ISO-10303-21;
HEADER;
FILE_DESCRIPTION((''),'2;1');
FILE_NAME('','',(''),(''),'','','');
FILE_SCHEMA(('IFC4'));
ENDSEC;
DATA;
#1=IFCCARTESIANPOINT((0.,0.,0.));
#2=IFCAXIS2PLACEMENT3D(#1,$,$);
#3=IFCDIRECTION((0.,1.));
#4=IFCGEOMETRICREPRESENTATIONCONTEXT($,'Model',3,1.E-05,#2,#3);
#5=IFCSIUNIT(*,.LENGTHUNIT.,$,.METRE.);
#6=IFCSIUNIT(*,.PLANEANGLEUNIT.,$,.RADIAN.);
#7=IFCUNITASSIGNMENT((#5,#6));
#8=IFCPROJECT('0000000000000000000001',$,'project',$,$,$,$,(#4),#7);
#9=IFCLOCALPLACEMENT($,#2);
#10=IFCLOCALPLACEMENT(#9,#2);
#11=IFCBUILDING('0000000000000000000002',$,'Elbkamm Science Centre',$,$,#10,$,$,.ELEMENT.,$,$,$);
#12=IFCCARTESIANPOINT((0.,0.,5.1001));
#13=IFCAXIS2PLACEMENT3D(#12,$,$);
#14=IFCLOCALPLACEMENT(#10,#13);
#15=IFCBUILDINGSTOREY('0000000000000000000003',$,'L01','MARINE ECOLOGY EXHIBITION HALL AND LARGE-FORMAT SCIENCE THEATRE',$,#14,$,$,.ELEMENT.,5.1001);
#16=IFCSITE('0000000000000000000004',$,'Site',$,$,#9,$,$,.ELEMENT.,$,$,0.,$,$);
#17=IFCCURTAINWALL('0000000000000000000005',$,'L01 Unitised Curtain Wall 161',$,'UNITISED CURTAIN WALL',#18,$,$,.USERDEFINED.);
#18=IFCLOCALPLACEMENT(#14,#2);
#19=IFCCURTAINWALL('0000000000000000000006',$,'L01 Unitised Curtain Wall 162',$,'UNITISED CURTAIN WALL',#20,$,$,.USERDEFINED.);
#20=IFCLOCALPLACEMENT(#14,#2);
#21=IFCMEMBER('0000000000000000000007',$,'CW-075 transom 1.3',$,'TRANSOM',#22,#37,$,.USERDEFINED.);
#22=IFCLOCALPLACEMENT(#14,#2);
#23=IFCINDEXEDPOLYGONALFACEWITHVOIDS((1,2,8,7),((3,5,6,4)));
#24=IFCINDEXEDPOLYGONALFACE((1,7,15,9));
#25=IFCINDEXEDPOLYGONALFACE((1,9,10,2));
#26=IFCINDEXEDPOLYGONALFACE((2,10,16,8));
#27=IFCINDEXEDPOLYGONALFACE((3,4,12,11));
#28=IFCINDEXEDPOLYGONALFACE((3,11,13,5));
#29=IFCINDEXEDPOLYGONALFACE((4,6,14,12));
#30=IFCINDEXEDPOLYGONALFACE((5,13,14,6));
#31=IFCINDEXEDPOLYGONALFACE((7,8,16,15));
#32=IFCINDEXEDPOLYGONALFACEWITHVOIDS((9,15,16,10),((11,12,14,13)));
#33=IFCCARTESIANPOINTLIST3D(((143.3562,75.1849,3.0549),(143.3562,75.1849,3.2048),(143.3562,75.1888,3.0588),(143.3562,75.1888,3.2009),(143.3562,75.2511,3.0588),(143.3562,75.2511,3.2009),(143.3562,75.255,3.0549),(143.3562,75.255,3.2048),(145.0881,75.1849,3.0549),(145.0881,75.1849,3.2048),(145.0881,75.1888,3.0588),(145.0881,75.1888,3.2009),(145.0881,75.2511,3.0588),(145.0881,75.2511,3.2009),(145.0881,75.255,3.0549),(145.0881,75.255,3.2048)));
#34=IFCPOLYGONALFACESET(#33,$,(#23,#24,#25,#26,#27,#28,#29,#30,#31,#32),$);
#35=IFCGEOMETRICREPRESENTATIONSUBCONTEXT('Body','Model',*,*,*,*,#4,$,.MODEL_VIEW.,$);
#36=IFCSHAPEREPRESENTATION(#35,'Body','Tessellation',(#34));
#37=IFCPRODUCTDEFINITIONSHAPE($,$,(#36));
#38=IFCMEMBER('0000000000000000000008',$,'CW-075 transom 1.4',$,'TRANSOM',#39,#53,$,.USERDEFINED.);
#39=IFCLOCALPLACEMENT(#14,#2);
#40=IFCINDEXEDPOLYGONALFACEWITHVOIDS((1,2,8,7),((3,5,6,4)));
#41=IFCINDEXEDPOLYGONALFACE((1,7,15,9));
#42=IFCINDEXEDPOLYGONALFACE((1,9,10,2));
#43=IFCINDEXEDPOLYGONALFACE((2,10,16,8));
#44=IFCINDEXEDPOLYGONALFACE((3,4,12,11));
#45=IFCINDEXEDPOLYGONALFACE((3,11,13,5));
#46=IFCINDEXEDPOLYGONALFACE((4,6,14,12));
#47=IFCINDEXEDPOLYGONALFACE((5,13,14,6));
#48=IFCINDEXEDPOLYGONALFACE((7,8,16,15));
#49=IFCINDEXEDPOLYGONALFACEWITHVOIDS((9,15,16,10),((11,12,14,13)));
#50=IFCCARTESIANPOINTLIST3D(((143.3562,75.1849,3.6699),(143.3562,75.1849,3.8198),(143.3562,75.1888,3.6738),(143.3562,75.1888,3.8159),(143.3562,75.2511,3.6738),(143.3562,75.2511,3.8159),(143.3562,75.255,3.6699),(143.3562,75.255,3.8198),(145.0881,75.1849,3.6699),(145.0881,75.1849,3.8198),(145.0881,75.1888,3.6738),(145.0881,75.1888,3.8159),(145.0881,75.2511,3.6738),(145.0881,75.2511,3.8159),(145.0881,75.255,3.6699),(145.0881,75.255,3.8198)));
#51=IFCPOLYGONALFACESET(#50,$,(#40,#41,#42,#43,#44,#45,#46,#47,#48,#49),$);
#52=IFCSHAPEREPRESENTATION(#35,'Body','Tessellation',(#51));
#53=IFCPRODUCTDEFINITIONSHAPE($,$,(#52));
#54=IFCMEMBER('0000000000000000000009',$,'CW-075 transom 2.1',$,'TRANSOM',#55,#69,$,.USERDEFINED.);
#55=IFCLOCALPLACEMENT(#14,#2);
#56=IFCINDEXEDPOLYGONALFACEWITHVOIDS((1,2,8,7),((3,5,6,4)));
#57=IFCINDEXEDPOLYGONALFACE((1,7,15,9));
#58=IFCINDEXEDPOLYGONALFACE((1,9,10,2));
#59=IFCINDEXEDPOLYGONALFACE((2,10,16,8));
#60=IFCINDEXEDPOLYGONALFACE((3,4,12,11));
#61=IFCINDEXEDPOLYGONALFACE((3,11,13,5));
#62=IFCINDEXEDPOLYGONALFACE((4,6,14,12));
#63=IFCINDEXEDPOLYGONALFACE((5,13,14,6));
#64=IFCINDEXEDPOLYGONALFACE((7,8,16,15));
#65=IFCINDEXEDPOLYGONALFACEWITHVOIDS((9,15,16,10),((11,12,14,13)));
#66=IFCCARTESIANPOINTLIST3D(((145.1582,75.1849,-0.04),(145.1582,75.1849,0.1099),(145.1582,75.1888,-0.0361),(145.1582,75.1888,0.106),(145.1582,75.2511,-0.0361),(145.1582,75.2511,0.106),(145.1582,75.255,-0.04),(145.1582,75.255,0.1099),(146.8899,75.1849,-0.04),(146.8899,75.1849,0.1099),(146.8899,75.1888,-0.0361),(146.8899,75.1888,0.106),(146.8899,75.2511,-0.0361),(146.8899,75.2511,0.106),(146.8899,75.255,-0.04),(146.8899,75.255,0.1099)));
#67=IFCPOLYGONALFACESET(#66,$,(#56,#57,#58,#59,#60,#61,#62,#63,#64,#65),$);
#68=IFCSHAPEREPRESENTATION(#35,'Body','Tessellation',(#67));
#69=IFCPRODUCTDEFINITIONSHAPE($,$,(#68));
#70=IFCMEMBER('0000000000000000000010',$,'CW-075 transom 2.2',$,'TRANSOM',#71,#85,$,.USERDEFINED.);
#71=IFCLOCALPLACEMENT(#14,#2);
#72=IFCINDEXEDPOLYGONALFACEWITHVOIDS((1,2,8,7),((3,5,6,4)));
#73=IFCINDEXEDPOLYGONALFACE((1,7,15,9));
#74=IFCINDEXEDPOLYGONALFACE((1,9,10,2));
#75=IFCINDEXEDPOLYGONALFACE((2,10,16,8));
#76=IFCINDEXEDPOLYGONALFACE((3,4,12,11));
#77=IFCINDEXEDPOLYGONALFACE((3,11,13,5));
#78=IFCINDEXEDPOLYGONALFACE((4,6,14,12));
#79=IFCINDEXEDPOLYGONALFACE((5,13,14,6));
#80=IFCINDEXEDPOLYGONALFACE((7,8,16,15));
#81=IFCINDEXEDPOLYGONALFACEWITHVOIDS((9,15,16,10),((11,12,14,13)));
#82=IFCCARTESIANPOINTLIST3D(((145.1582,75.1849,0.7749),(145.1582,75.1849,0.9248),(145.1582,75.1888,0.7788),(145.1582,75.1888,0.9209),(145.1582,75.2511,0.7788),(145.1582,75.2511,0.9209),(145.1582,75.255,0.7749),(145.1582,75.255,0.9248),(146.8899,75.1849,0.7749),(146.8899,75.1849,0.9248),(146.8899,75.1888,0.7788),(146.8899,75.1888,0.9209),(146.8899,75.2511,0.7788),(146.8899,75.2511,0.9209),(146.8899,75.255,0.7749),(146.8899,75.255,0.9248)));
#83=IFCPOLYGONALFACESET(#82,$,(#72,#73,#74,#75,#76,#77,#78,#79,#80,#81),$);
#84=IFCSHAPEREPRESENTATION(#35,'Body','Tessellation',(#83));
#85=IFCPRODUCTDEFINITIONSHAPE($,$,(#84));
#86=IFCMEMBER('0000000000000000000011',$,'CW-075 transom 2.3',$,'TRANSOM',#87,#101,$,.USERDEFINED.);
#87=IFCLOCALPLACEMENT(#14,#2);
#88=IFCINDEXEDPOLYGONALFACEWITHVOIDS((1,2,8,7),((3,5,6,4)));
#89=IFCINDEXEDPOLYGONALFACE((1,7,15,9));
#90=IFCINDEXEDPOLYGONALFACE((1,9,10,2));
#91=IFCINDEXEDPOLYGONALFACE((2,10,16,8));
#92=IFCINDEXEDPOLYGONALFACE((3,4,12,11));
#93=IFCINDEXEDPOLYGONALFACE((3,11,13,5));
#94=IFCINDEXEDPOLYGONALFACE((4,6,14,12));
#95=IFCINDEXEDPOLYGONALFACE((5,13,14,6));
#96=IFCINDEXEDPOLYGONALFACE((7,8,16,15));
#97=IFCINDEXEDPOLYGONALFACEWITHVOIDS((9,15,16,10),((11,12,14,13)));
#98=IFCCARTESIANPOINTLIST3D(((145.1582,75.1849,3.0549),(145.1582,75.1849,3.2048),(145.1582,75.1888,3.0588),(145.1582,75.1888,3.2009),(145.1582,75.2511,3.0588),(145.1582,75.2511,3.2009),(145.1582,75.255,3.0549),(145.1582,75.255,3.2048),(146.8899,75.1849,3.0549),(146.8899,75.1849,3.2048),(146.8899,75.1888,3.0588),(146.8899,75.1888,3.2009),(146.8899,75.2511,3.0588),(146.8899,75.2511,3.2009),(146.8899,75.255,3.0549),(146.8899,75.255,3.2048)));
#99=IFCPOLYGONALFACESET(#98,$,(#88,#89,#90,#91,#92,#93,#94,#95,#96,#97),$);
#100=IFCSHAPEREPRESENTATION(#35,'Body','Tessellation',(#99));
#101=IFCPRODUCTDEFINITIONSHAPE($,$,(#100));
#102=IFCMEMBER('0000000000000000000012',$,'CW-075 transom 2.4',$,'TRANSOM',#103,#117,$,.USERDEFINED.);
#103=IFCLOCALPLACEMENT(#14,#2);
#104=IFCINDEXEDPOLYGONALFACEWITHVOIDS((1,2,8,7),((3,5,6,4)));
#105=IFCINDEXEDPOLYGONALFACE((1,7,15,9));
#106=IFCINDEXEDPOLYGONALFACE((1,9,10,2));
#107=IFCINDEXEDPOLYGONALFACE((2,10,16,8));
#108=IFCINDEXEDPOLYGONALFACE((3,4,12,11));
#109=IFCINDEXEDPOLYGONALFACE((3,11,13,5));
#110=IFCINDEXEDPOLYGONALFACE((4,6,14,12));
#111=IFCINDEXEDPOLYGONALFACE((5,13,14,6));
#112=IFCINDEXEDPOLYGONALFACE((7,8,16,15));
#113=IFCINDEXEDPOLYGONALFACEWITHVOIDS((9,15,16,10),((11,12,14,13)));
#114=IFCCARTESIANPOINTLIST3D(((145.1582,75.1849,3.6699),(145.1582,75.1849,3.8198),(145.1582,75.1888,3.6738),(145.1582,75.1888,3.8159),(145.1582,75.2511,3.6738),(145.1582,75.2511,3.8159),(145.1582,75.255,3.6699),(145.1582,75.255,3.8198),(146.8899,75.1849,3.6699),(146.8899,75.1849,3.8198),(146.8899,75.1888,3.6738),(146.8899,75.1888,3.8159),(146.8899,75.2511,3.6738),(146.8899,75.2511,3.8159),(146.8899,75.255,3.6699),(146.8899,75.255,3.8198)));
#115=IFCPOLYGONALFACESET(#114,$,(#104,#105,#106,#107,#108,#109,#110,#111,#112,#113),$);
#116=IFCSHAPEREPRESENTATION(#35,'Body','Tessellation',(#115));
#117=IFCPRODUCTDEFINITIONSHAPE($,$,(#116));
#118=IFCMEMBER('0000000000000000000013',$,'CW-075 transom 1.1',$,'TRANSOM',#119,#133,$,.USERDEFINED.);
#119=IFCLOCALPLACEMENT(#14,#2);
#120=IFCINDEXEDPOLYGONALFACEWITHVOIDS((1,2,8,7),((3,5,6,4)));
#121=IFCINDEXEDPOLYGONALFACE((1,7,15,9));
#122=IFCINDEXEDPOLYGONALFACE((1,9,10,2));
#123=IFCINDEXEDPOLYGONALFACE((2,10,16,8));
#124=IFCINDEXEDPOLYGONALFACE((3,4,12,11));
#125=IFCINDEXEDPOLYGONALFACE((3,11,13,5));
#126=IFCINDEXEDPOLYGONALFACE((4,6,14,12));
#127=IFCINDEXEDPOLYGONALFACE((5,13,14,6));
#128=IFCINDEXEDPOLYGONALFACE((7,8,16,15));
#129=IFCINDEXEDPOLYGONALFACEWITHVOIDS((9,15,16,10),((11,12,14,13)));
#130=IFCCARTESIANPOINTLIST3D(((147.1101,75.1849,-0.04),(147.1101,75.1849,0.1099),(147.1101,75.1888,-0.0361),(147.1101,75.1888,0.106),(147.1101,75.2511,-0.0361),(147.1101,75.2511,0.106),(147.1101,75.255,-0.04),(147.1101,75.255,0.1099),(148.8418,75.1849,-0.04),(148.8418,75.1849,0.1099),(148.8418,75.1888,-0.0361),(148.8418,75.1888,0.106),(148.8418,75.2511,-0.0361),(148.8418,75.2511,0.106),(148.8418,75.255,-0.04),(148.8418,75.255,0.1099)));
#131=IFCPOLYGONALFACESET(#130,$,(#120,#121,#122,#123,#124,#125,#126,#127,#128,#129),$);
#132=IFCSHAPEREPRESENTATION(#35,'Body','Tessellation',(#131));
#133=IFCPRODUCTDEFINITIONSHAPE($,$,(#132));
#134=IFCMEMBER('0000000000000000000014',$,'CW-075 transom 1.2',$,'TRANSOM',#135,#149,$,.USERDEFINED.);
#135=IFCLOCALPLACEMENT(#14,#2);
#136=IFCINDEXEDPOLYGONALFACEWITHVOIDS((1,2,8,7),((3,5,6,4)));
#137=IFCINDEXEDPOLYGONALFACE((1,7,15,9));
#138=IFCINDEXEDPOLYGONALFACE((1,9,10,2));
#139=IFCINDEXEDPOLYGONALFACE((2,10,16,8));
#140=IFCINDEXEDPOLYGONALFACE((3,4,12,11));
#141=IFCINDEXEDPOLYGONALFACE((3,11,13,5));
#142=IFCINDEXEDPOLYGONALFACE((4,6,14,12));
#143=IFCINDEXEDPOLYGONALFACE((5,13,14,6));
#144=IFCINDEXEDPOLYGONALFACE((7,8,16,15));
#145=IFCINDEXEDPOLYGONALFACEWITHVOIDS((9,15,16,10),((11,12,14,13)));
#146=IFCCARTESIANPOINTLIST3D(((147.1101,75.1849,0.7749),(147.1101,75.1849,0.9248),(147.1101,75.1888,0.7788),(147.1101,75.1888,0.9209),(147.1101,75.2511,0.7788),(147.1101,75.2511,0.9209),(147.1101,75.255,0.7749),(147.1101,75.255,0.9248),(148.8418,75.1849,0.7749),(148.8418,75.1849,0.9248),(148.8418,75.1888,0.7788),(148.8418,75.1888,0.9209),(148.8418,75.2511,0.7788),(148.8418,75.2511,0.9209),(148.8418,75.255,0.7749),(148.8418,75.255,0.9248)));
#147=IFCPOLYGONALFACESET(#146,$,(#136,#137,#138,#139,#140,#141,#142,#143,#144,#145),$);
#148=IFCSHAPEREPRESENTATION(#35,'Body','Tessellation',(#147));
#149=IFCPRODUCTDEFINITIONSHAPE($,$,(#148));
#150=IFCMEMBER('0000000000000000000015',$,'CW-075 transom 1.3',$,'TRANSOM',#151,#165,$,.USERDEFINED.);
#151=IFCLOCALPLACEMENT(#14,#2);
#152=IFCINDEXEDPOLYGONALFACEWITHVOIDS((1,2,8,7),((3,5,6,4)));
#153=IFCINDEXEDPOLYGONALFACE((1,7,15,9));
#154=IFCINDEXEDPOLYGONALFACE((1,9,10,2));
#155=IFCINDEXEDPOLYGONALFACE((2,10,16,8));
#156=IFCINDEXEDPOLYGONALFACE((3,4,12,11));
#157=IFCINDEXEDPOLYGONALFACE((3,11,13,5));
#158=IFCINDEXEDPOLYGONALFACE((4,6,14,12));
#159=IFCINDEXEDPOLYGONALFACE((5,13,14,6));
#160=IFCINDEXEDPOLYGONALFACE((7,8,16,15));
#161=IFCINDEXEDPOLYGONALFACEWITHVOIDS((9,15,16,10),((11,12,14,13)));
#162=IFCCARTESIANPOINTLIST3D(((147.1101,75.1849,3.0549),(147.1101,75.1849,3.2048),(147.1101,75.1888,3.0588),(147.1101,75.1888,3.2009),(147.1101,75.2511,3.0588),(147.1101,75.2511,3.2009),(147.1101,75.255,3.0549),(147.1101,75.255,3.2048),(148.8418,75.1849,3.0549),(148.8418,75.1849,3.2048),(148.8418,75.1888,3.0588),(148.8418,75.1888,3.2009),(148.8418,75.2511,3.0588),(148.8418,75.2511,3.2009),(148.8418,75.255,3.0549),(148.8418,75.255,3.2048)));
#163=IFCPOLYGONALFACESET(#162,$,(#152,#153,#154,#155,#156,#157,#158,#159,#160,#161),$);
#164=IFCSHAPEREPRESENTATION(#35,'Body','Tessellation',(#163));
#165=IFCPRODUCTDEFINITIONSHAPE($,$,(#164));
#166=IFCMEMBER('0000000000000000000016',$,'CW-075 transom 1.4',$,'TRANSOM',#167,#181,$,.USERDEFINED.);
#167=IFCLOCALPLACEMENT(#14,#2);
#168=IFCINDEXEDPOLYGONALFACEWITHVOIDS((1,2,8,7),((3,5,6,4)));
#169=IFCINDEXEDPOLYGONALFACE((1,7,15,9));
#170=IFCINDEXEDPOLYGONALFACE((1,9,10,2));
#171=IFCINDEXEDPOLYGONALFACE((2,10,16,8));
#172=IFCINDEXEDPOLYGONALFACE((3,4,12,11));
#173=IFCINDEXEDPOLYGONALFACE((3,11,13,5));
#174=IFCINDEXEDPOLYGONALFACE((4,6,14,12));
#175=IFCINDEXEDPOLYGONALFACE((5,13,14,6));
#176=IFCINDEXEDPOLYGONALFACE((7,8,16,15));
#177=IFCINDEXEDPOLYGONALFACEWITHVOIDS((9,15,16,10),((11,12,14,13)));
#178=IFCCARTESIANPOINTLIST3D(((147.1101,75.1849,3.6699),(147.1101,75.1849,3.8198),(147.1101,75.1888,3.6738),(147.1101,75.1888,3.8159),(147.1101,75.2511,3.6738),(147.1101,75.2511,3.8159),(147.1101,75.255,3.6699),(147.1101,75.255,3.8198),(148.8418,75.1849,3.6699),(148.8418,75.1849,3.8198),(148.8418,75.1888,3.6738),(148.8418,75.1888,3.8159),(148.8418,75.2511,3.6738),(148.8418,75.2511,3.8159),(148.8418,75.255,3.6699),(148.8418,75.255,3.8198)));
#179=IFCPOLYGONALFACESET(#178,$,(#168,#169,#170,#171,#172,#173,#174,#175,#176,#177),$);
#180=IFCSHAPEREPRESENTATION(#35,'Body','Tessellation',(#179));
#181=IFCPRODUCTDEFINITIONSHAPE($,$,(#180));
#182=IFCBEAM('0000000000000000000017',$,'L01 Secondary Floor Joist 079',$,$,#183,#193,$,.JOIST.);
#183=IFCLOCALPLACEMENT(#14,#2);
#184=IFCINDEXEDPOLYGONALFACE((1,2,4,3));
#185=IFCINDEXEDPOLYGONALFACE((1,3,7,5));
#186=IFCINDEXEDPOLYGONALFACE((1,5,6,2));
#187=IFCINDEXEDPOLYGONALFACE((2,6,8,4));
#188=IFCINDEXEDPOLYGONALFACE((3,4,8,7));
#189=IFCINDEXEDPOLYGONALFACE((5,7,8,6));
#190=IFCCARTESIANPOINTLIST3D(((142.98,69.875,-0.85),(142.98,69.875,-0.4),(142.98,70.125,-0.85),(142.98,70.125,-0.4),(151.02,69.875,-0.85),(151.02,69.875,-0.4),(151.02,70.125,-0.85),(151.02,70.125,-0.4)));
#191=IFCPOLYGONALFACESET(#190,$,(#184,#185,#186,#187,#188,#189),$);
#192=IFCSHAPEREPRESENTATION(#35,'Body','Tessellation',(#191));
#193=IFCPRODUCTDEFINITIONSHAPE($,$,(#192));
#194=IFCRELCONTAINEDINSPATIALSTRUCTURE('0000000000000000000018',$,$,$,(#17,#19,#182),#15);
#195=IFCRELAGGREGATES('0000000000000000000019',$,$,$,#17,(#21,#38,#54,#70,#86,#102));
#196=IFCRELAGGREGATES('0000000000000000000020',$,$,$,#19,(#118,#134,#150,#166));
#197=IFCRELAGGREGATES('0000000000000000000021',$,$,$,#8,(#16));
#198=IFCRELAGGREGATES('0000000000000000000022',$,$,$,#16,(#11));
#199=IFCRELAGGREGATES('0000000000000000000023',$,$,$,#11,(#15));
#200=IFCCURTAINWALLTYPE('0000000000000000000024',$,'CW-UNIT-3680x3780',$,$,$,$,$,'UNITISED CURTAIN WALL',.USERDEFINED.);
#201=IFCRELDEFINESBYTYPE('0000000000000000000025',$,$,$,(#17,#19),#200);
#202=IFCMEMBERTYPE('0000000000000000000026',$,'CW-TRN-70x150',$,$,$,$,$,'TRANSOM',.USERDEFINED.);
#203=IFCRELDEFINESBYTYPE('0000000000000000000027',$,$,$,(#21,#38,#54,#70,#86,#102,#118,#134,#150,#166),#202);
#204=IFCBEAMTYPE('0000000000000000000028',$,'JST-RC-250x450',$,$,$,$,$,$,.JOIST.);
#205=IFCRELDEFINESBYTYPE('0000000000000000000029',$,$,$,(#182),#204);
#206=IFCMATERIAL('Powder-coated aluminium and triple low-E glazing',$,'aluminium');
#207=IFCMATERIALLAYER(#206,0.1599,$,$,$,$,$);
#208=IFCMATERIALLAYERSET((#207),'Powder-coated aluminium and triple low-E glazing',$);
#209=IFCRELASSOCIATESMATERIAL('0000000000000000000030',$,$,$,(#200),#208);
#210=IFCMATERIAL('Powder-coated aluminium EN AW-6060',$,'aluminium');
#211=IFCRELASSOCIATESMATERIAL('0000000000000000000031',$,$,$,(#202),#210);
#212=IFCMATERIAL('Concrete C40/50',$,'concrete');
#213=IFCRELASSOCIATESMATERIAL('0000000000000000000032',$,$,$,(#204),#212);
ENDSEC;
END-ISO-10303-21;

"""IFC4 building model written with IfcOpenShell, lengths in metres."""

from ifc_helpers import new_model, si_unit, direction, frame, origin, origin_2d, place, context, subcontext, project, spatial, rectangle, hollow_rectangle, extrude, material, layer, layer_set, material_profile, profile_set, type_object, element, aggregate, save


model = new_model("IFC4")

# Units and contexts
model_context = context("Model", 3, precision=1e-05, world=origin(), true_north=direction((0.0, 1.0)))
body_context = subcontext(model_context, "Body", "Model", "MODEL_VIEW")
ifc_project = project(units=[si_unit("LENGTHUNIT", "METRE"), si_unit("PLANEANGLEUNIT", "RADIAN")], contexts=[model_context])

# Site, building, storey
site_placement = place(None, origin())
site = spatial("IfcSite", under=ifc_project, at=site_placement, Name="Site", CompositionType="ELEMENT", RefElevation=0.0)
building_placement = place(site_placement, origin())
building = spatial("IfcBuilding", under=site, at=building_placement, Name="Elbkamm Science Centre", CompositionType="ELEMENT")
storey_placement = place(building_placement, frame((0.0, 0.0, 5.1001)))
storey = spatial("IfcBuildingStorey", under=building, at=storey_placement, Name="L01", Description="MARINE ECOLOGY EXHIBITION HALL AND LARGE-FORMAT SCIENCE THEATRE", CompositionType="ELEMENT", Elevation=5.1001)

# Shared definitions
ifc_material_1 = material(Name="Concrete C40/50", Category="concrete")

# Curtain wall
ifc_material_2 = material(Name="Powder-coated aluminium and triple low-E glazing", Category="aluminium")
ifc_layer_1 = layer(ifc_material_2, 0.1599)
ifc_layer_set_1 = layer_set([ifc_layer_1], Name="Powder-coated aluminium and triple low-E glazing")
curtain_wall_type = type_object("IfcCurtainWallType", Name="CW-UNIT-3680x3780", ElementType="UNITISED CURTAIN WALL", PredefinedType="USERDEFINED", material=ifc_layer_set_1)
curtain_wall_1_placement = place(storey_placement, origin())
curtain_wall_1 = element("IfcCurtainWall", 1, at=curtain_wall_1_placement, inside=storey, type_object=curtain_wall_type, Name="L01 Unitised Curtain Wall 161", ObjectType="UNITISED CURTAIN WALL", PredefinedType="USERDEFINED")
ifc_material_3 = material(Name="Powder-coated aluminium EN AW-6060", Category="aluminium")

# Curtain wall
curtain_wall_2_placement = place(storey_placement, origin())
curtain_wall_2 = element("IfcCurtainWall", 2, at=curtain_wall_2_placement, inside=storey, type_object=curtain_wall_type, Name="L01 Unitised Curtain Wall 162", ObjectType="UNITISED CURTAIN WALL", PredefinedType="USERDEFINED")

# Members
ifc_material_profile_1 = material_profile(ifc_material_3, hollow_rectangle(XDim=0.0701, YDim=0.1499, WallThickness=0.0039, at=origin_2d()), Name="ALU T70x150")
ifc_profile_set_1 = profile_set([ifc_material_profile_1], Name="Powder-coated aluminium EN AW-6060")
member_type_1 = type_object("IfcMemberType", Name="CW-TRN-70x150", ElementType="TRANSOM", PredefinedType="USERDEFINED", material=ifc_profile_set_1)
member_1_placement = place(storey_placement, frame((143.3562, 75.22, 3.1299), z_axis=(1.0, 0.0, 0.0), x_axis=(0.0, 1.0, 0.0)))
member_1 = element("IfcMember", 3, at=member_1_placement, type_object=member_type_1, Name="CW-075 transom 1.3", ObjectType="TRANSOM", PredefinedType="USERDEFINED", context=body_context, shape_type="SweptSolid", body=[
    extrude(hollow_rectangle(XDim=0.0701, YDim=0.1499, WallThickness=0.0039, at=origin_2d()), origin(), (0.0, 0.0, 1.0), 1.7319),
])
member_2_placement = place(storey_placement, frame((143.3562, 75.22, 3.7449), z_axis=(1.0, 0.0, 0.0), x_axis=(0.0, 1.0, 0.0)))
member_2 = element("IfcMember", 4, at=member_2_placement, type_object=member_type_1, Name="CW-075 transom 1.4", ObjectType="TRANSOM", PredefinedType="USERDEFINED", context=body_context, shape_type="SweptSolid", body=[
    extrude(hollow_rectangle(XDim=0.0701, YDim=0.1499, WallThickness=0.0039, at=origin_2d()), origin(), (0.0, 0.0, 1.0), 1.7319),
])
member_3_placement = place(storey_placement, frame((145.1582, 75.22, 0.0349), z_axis=(1.0, 0.0, 0.0), x_axis=(0.0, 1.0, 0.0)))
member_3 = element("IfcMember", 5, at=member_3_placement, type_object=member_type_1, Name="CW-075 transom 2.1", ObjectType="TRANSOM", PredefinedType="USERDEFINED", context=body_context, shape_type="SweptSolid", body=[
    extrude(hollow_rectangle(XDim=0.0701, YDim=0.1499, WallThickness=0.0039, at=origin_2d()), origin(), (0.0, 0.0, 1.0), 1.7317),
])
member_4_placement = place(storey_placement, frame((145.1582, 75.22, 0.8499), z_axis=(1.0, 0.0, 0.0), x_axis=(0.0, 1.0, 0.0)))
member_4 = element("IfcMember", 6, at=member_4_placement, type_object=member_type_1, Name="CW-075 transom 2.2", ObjectType="TRANSOM", PredefinedType="USERDEFINED", context=body_context, shape_type="SweptSolid", body=[
    extrude(hollow_rectangle(XDim=0.0701, YDim=0.1499, WallThickness=0.0039, at=origin_2d()), origin(), (0.0, 0.0, 1.0), 1.7317),
])
member_5_placement = place(storey_placement, frame((145.1582, 75.22, 3.1299), z_axis=(1.0, 0.0, 0.0), x_axis=(0.0, 1.0, 0.0)))
member_5 = element("IfcMember", 7, at=member_5_placement, type_object=member_type_1, Name="CW-075 transom 2.3", ObjectType="TRANSOM", PredefinedType="USERDEFINED", context=body_context, shape_type="SweptSolid", body=[
    extrude(hollow_rectangle(XDim=0.0701, YDim=0.1499, WallThickness=0.0039, at=origin_2d()), origin(), (0.0, 0.0, 1.0), 1.7317),
])
member_6_placement = place(storey_placement, frame((145.1582, 75.22, 3.7449), z_axis=(1.0, 0.0, 0.0), x_axis=(0.0, 1.0, 0.0)))
member_6 = element("IfcMember", 8, at=member_6_placement, type_object=member_type_1, Name="CW-075 transom 2.4", ObjectType="TRANSOM", PredefinedType="USERDEFINED", context=body_context, shape_type="SweptSolid", body=[
    extrude(hollow_rectangle(XDim=0.0701, YDim=0.1499, WallThickness=0.0039, at=origin_2d()), origin(), (0.0, 0.0, 1.0), 1.7317),
])
member_7_placement = place(storey_placement, frame((147.1101, 75.22, 0.0349), z_axis=(1.0, 0.0, 0.0), x_axis=(0.0, 1.0, 0.0)))
member_7 = element("IfcMember", 9, at=member_7_placement, type_object=member_type_1, Name="CW-075 transom 1.1", ObjectType="TRANSOM", PredefinedType="USERDEFINED", context=body_context, shape_type="SweptSolid", body=[
    extrude(hollow_rectangle(XDim=0.0701, YDim=0.1499, WallThickness=0.0039, at=origin_2d()), origin(), (0.0, 0.0, 1.0), 1.7317),
])
member_8_placement = place(storey_placement, frame((147.1101, 75.22, 0.8499), z_axis=(1.0, 0.0, 0.0), x_axis=(0.0, 1.0, 0.0)))
member_8 = element("IfcMember", 10, at=member_8_placement, type_object=member_type_1, Name="CW-075 transom 1.2", ObjectType="TRANSOM", PredefinedType="USERDEFINED", context=body_context, shape_type="SweptSolid", body=[
    extrude(hollow_rectangle(XDim=0.0701, YDim=0.1499, WallThickness=0.0039, at=origin_2d()), origin(), (0.0, 0.0, 1.0), 1.7317),
])
member_9_placement = place(storey_placement, frame((147.1101, 75.22, 3.1299), z_axis=(1.0, 0.0, 0.0), x_axis=(0.0, 1.0, 0.0)))
member_9 = element("IfcMember", 11, at=member_9_placement, type_object=member_type_1, Name="CW-075 transom 1.3", ObjectType="TRANSOM", PredefinedType="USERDEFINED", context=body_context, shape_type="SweptSolid", body=[
    extrude(hollow_rectangle(XDim=0.0701, YDim=0.1499, WallThickness=0.0039, at=origin_2d()), origin(), (0.0, 0.0, 1.0), 1.7317),
])
member_10_placement = place(storey_placement, frame((147.1101, 75.22, 3.7449), z_axis=(1.0, 0.0, 0.0), x_axis=(0.0, 1.0, 0.0)))
member_10 = element("IfcMember", 12, at=member_10_placement, type_object=member_type_1, Name="CW-075 transom 1.4", ObjectType="TRANSOM", PredefinedType="USERDEFINED", context=body_context, shape_type="SweptSolid", body=[
    extrude(hollow_rectangle(XDim=0.0701, YDim=0.1499, WallThickness=0.0039, at=origin_2d()), origin(), (0.0, 0.0, 1.0), 1.7317),
])

# Beam
ifc_material_profile_2 = material_profile(ifc_material_1, rectangle(XDim=0.25, YDim=0.45, at=origin_2d()), Name="RC 250x450")
ifc_profile_set_2 = profile_set([ifc_material_profile_2], Name="Concrete C40/50")
beam_type_1 = type_object("IfcBeamType", Name="JST-RC-250x450", PredefinedType="JOIST", material=ifc_profile_set_2)
for number, where, z_axis, x_axis, name in (
    (13, (142.98, 70.0, -0.625), (1.0, 0.0, 0.0), (0.0, 1.0, 0.0), "L01 Secondary Floor Joist 079"),
):
    element("IfcBeam", number, at=place(storey_placement, frame(where, z_axis=z_axis, x_axis=x_axis)), inside=storey, type_object=beam_type_1, Name=name, PredefinedType="JOIST", context=body_context, shape_type="SweptSolid", body=[
        extrude(rectangle(XDim=0.25, YDim=0.45, at=origin_2d()), origin(), (0.0, 0.0, 1.0), 8.04),
    ])

aggregate(curtain_wall_1, [member_1, member_2, member_3, member_4, member_5, member_6])
aggregate(curtain_wall_2, [member_7, member_8, member_9, member_10])

save(model, "model.ifc")
